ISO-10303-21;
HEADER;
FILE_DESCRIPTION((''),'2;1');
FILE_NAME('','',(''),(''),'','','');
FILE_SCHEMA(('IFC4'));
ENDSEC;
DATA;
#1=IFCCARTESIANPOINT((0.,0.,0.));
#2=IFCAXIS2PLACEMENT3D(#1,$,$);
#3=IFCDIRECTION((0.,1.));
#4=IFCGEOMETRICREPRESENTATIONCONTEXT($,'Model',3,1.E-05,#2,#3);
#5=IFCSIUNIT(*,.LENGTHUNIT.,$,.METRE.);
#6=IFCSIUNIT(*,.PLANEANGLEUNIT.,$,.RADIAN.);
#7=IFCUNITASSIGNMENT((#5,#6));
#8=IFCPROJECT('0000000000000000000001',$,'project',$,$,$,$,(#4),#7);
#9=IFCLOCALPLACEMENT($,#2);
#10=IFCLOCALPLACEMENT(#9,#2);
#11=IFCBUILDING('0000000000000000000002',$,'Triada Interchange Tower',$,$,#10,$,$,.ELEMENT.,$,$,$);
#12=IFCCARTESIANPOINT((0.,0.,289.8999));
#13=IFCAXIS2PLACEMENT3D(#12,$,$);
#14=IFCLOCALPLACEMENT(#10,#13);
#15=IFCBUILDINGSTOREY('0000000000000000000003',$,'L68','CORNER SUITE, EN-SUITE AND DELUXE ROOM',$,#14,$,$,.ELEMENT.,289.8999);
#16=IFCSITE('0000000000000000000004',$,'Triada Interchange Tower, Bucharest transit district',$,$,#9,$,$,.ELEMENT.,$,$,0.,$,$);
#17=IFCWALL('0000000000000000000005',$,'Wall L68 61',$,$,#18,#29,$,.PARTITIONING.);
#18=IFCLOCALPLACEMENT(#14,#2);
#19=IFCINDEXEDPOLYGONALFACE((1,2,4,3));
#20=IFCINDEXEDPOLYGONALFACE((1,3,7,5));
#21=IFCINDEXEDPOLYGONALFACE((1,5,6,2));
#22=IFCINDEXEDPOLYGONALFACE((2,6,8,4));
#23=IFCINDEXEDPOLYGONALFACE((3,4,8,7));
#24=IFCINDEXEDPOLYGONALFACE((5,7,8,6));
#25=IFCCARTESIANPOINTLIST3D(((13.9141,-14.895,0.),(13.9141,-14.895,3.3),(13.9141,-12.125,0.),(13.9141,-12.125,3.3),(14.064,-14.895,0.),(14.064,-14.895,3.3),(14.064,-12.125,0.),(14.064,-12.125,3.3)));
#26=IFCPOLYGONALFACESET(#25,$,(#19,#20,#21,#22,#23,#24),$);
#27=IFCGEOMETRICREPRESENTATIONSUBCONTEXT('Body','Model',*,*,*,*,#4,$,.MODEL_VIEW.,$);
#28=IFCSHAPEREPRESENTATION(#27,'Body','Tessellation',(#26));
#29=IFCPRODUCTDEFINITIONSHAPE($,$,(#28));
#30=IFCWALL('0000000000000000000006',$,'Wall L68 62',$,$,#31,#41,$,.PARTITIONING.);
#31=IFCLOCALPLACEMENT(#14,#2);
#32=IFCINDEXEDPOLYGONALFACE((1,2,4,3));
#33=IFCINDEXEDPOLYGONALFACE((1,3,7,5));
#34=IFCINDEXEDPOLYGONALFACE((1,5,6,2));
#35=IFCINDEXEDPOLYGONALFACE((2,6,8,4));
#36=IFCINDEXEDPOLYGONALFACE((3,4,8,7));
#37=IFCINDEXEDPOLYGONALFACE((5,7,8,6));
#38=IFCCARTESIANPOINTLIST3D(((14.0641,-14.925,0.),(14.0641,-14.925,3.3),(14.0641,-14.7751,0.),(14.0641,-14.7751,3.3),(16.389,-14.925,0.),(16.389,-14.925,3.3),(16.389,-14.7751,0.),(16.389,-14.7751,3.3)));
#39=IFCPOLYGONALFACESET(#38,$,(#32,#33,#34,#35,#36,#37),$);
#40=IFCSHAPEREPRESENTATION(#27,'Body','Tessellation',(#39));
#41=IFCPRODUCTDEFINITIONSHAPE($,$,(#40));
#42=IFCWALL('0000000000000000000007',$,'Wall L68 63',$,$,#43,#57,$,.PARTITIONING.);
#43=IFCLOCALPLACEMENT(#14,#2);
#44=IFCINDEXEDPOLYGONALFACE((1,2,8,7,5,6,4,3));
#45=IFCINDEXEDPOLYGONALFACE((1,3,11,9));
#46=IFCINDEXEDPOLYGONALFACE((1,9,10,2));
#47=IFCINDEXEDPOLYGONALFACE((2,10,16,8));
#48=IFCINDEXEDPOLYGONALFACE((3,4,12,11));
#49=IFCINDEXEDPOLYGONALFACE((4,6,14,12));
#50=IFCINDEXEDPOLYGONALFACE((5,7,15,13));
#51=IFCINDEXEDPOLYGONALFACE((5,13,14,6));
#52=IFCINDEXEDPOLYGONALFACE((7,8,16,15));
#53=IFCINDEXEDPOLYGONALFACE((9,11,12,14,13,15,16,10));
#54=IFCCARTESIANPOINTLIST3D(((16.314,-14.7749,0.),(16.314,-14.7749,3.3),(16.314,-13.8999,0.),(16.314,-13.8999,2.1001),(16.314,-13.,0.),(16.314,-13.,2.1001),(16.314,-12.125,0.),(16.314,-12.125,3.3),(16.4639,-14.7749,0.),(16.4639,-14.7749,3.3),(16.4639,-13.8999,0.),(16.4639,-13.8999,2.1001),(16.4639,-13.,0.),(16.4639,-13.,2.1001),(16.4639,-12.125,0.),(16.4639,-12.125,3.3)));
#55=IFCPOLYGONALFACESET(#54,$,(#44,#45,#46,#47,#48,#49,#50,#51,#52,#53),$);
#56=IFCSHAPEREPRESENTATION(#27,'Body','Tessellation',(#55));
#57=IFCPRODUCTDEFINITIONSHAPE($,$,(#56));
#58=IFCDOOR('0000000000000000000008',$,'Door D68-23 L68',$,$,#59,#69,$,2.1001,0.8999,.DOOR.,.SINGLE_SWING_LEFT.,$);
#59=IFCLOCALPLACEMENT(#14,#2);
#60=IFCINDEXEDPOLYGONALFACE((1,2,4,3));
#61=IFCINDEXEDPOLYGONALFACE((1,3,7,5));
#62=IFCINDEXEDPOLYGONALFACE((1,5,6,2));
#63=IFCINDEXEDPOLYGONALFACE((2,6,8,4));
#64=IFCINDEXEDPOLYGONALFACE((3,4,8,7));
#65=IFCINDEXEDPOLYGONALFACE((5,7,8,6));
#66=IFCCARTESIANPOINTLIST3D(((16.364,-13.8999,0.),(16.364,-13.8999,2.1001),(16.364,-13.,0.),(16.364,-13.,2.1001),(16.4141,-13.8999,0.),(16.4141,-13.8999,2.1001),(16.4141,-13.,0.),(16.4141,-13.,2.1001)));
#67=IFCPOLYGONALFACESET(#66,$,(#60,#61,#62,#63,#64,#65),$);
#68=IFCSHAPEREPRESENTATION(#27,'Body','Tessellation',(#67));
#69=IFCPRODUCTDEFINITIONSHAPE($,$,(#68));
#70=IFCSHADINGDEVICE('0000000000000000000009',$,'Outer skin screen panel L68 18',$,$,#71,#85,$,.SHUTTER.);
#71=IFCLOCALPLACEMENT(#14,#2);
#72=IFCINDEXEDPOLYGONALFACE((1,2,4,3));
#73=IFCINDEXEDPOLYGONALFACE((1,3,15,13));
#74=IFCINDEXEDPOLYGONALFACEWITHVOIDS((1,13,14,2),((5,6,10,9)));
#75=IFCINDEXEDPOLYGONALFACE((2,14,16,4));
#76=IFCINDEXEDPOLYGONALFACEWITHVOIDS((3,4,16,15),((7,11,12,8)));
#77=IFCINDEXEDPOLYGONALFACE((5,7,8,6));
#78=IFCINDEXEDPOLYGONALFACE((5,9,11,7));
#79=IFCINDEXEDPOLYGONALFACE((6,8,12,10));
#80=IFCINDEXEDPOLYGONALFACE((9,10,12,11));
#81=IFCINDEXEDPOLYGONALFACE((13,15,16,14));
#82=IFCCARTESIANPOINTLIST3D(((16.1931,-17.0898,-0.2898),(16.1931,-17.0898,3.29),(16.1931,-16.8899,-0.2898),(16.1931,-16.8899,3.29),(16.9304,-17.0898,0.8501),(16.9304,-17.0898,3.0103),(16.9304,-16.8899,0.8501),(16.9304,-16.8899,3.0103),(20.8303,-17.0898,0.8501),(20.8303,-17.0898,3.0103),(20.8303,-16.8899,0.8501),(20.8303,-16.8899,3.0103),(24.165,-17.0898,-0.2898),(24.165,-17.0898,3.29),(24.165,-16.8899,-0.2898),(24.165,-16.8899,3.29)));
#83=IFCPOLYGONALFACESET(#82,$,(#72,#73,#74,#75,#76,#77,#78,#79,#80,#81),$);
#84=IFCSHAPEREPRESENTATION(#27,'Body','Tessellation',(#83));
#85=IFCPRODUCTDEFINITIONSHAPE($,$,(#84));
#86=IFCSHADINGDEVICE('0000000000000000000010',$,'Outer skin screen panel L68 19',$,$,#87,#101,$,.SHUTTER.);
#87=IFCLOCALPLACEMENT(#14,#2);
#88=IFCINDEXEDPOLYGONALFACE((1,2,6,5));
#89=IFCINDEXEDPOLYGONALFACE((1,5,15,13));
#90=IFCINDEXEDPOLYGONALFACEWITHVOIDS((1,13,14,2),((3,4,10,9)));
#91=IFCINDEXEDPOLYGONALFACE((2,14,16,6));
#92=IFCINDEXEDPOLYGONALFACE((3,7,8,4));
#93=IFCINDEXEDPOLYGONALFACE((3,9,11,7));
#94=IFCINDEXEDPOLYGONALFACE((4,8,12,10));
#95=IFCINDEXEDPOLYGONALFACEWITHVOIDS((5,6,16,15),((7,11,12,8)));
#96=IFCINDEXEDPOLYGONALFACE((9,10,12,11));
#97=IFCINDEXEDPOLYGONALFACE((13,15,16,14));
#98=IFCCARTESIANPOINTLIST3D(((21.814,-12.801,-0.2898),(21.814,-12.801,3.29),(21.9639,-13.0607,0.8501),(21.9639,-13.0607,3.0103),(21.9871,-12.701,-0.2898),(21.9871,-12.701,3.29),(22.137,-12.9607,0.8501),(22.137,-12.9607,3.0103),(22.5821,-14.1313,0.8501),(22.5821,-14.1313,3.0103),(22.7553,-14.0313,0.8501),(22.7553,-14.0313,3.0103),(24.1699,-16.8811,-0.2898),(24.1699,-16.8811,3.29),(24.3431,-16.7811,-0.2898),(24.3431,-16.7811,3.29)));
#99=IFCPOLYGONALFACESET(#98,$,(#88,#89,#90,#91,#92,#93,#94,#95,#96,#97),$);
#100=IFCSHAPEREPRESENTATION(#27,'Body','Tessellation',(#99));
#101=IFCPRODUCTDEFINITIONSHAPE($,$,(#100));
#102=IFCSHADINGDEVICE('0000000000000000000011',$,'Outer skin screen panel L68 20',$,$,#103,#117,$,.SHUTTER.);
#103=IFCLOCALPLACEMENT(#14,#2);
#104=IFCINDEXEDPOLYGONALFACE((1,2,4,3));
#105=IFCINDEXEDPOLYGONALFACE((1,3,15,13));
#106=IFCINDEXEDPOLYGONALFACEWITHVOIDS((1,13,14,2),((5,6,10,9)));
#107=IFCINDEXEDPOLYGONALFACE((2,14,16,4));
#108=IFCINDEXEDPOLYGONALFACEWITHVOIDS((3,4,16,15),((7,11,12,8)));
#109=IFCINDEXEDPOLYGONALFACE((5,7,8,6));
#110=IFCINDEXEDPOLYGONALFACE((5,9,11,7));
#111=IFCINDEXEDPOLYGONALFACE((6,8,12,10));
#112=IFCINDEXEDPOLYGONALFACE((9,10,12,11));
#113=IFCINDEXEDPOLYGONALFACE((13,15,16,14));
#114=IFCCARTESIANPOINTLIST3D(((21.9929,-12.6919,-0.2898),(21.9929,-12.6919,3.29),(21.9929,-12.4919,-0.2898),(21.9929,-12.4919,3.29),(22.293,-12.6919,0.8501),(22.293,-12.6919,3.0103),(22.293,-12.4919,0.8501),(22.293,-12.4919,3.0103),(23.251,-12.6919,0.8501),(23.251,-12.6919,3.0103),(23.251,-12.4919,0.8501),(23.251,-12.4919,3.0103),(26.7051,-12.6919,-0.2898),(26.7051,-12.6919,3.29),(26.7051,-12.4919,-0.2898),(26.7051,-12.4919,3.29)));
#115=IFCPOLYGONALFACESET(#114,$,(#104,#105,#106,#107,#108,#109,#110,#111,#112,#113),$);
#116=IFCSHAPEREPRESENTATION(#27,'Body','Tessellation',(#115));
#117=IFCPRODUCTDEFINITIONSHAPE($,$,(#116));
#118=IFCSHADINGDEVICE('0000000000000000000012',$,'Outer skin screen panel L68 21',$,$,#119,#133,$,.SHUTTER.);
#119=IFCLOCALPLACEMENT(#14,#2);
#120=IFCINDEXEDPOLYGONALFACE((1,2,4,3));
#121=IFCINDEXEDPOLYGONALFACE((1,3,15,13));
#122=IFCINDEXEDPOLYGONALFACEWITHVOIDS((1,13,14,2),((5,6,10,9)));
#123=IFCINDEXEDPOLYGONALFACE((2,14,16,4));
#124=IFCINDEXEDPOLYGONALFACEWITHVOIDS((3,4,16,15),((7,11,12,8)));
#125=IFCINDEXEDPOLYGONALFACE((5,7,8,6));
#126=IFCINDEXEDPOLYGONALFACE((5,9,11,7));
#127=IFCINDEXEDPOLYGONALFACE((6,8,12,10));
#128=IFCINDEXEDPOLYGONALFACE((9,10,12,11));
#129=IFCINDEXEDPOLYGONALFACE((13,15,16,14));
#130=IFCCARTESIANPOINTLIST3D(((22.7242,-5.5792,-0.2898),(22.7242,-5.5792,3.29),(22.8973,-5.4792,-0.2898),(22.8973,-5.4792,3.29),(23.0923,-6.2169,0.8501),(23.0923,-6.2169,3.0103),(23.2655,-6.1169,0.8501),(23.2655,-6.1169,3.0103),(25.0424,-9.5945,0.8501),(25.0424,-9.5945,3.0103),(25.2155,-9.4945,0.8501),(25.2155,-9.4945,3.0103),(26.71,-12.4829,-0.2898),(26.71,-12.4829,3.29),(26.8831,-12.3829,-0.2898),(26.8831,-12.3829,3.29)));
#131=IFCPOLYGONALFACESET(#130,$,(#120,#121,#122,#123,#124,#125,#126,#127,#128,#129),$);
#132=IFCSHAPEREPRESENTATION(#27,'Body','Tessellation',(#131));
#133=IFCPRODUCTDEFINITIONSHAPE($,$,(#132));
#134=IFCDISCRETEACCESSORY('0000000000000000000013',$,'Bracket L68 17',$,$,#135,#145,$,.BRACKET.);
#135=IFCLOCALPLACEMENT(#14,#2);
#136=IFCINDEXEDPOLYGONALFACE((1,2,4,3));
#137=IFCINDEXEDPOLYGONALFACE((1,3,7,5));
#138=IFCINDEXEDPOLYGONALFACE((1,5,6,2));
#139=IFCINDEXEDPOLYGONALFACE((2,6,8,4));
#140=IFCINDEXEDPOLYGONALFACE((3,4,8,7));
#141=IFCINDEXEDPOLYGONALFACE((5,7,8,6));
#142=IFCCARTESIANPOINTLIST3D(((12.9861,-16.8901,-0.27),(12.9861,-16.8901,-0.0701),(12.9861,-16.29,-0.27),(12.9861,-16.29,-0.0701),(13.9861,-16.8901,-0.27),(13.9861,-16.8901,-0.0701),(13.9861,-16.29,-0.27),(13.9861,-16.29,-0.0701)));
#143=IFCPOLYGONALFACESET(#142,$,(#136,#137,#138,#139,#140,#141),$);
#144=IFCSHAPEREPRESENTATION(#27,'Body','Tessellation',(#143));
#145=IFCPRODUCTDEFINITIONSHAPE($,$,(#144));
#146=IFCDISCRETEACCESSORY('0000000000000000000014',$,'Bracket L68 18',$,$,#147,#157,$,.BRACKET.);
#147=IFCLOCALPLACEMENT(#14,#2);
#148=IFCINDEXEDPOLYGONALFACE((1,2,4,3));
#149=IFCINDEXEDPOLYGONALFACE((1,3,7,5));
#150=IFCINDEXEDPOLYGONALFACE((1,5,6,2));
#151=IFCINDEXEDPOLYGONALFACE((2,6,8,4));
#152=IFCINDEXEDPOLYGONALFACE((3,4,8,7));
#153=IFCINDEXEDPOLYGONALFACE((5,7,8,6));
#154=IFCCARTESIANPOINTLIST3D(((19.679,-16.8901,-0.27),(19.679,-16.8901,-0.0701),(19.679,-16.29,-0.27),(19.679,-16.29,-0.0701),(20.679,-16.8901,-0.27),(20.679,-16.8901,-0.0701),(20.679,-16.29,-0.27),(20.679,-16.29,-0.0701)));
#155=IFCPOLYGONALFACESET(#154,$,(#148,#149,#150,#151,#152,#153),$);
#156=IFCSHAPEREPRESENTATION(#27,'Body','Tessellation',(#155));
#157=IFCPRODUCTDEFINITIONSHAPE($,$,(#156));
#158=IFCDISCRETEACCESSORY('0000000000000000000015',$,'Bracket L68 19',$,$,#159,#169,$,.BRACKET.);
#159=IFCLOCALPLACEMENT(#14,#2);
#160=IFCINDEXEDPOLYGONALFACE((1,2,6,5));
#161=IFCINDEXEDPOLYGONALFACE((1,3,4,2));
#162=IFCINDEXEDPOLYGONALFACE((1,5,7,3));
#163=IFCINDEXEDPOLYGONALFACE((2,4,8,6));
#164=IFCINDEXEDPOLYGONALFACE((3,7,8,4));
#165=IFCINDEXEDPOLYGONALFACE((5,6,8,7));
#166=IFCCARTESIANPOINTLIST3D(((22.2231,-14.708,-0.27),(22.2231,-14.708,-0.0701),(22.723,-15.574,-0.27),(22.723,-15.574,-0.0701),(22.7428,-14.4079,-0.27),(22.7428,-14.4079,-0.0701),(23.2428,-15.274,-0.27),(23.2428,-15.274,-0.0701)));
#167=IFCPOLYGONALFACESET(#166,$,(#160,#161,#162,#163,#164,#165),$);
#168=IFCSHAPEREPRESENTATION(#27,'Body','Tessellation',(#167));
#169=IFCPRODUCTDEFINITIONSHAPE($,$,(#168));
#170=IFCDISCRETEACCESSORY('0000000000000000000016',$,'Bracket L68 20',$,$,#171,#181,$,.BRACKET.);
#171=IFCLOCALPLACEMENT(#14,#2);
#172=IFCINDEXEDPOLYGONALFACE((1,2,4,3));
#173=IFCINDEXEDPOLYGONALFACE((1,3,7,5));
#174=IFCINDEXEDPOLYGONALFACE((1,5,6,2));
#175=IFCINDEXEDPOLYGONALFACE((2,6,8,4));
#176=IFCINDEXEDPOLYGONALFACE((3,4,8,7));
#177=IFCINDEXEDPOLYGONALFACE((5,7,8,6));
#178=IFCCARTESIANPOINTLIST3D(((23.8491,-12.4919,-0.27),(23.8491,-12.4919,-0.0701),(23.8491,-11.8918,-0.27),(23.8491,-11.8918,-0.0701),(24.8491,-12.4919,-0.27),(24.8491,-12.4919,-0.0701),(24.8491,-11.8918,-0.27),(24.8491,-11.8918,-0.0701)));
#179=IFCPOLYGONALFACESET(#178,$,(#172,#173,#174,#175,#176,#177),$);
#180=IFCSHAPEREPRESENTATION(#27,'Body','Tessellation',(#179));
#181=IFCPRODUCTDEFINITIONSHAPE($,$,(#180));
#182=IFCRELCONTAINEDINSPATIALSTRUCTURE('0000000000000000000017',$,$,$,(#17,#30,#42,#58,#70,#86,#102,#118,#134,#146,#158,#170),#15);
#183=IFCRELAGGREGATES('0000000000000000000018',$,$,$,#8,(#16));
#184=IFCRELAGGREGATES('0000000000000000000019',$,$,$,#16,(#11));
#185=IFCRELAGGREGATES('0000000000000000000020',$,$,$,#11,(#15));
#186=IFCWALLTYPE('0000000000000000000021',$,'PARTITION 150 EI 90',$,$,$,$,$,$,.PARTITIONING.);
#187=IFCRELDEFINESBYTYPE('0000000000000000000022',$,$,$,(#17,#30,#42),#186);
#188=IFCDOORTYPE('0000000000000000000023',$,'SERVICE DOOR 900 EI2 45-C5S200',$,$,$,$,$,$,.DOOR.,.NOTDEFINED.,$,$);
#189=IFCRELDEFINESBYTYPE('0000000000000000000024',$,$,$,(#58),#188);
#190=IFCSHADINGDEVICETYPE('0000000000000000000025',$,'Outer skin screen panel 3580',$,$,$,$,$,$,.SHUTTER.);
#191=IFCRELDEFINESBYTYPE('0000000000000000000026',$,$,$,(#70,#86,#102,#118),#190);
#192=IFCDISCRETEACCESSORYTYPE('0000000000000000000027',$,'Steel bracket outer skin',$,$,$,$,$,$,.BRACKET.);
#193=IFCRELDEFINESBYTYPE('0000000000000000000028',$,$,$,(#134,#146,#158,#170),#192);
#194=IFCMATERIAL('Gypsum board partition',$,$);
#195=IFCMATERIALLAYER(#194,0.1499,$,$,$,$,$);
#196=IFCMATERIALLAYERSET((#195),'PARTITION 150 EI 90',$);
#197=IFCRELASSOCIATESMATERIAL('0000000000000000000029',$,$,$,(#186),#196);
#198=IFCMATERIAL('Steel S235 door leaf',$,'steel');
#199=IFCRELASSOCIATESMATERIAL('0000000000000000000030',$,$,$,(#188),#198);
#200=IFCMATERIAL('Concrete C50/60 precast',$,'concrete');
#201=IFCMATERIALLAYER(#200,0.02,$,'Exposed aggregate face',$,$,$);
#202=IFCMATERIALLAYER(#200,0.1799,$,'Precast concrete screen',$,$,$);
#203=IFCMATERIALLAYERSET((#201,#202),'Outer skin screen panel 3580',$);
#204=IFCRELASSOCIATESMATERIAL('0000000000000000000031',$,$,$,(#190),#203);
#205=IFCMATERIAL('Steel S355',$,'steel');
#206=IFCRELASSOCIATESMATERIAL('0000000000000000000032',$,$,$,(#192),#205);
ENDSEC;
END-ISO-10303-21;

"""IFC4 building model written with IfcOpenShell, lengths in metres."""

from ifc_helpers import new_model, si_unit, direction, frame, frame_2d, origin, origin_2d, place, context, subcontext, project, spatial, polyline, rectangle, outline, extrude, material, layer, layer_set, type_object, element, fill, save


model = new_model("IFC4")

# Units and contexts
model_context = context("Model", 3, precision=1e-05, world=origin(), true_north=direction((0.0, 1.0)))
body_context = subcontext(model_context, "Body", "Model", "MODEL_VIEW")
ifc_project = project(units=[si_unit("LENGTHUNIT", "METRE"), si_unit("PLANEANGLEUNIT", "RADIAN")], contexts=[model_context])

# Site, building, storey
site_placement = place(None, origin())
site = spatial("IfcSite", under=ifc_project, at=site_placement, Name="Triada Interchange Tower, Bucharest transit district", CompositionType="ELEMENT", RefElevation=0.0)
building_placement = place(site_placement, origin())
building = spatial("IfcBuilding", under=site, at=building_placement, Name="Triada Interchange Tower", CompositionType="ELEMENT")
storey_placement = place(building_placement, frame((0.0, 0.0, 289.8999)))
storey = spatial("IfcBuildingStorey", under=building, at=storey_placement, Name="L68", Description="CORNER SUITE, EN-SUITE AND DELUXE ROOM", CompositionType="ELEMENT", Elevation=289.8999)

# Walls
ifc_material_1 = material(Name="Gypsum board partition")
ifc_layer_1 = layer(ifc_material_1, 0.1499)
ifc_layer_set_1 = layer_set([ifc_layer_1], Name="PARTITION 150 EI 90")
wall_type_1 = type_object("IfcWallType", Name="PARTITION 150 EI 90", PredefinedType="PARTITIONING", material=ifc_layer_set_1)
wall_1_placement = place(storey_placement, frame((13.989, -14.895, 0.0), z_axis=(0.0, 0.0, 1.0), x_axis=(0.0, 1.0, 0.0)))
element("IfcWall", 1, at=wall_1_placement, inside=storey, type_object=wall_type_1, Name="Wall L68 61", PredefinedType="PARTITIONING", context=body_context, shape_type="SweptSolid", body=[
    extrude(rectangle(XDim=2.77, YDim=0.1499, at=frame_2d((1.385, 0.0))), origin(), (0.0, 0.0, 1.0), 3.3),
])
wall_2_placement = place(storey_placement, frame((14.064, -14.8501, 0.0), z_axis=(0.0, 0.0, 1.0), x_axis=(1.0, 0.0, 0.0)))
element("IfcWall", 2, at=wall_2_placement, inside=storey, type_object=wall_type_1, Name="Wall L68 62", PredefinedType="PARTITIONING", context=body_context, shape_type="SweptSolid", body=[
    extrude(rectangle(XDim=2.325, YDim=0.1499, at=frame_2d((1.1626, 0.0))), origin(), (0.0, 0.0, 1.0), 3.3),
])

# Wall, opening, door
wall_3_placement = place(storey_placement, frame((16.3889, -14.7749, 0.0), z_axis=(0.0, 0.0, 1.0), x_axis=(0.0, 1.0, 0.0)))
wall_3 = element("IfcWall", 3, at=wall_3_placement, inside=storey, type_object=wall_type_1, Name="Wall L68 63", PredefinedType="PARTITIONING", context=body_context, shape_type="SweptSolid", body=[
    extrude(rectangle(XDim=2.6499, YDim=0.1499, at=frame_2d((1.325, 0.0))), origin(), (0.0, 0.0, 1.0), 3.3),
])
opening_1_placement = place(wall_3_placement, frame((0.875, 0.0, 0.0)))
opening_1 = element("IfcOpeningElement", 4, at=opening_1_placement, cuts=wall_3, PredefinedType="OPENING", context=body_context, shape_type="SweptSolid", body=[
    extrude(rectangle(XDim=0.8999, YDim=2.1001, at=frame_2d((0.45, 1.05))), frame((0.0, 0.085, 0.0), z_axis=(0.0, -1.0, 0.0), x_axis=(1.0, 0.0, 0.0)), (0.0, 0.0, 1.0), 0.1699),
])
ifc_material_2 = material(Name="Steel S235 door leaf", Category="steel")
door_type = type_object("IfcDoorType", Name="SERVICE DOOR 900 EI2 45-C5S200", OperationType="NOTDEFINED", PredefinedType="DOOR", material=ifc_material_2)
door_placement = place(opening_1_placement, origin())
door = element("IfcDoor", 5, at=door_placement, inside=storey, type_object=door_type, Name="Door D68-23 L68", OperationType="SINGLE_SWING_LEFT", OverallHeight=2.1001, OverallWidth=0.8999, PredefinedType="DOOR", context=body_context, shape_type="SweptSolid", body=[
    extrude(rectangle(XDim=0.8999, YDim=2.1001, at=frame_2d((0.45, 1.05))), frame((0.0, 0.0249, 0.0), z_axis=(0.0, -1.0, 0.0), x_axis=(1.0, 0.0, 0.0)), (0.0, 0.0, 1.0), 0.05),
])
fill(opening_1, door)

# Shading devices
ifc_material_3 = material(Name="Concrete C50/60 precast", Category="concrete")
ifc_layer_2 = layer(ifc_material_3, 0.02, Name="Exposed aggregate face")
ifc_layer_3 = layer(ifc_material_3, 0.1799, Name="Precast concrete screen")
ifc_layer_set_2 = layer_set([ifc_layer_2, ifc_layer_3], Name="Outer skin screen panel 3580")
shading_device_type = type_object("IfcShadingDeviceType", Name="Outer skin screen panel 3580", PredefinedType="SHUTTER", material=ifc_layer_set_2)
shading_device_1_placement = place(storey_placement, frame((16.1931, -16.8899, -0.2898), z_axis=(0.0, 0.0, 1.0), x_axis=(1.0, 0.0, 0.0)))
element("IfcShadingDevice", 6, at=shading_device_1_placement, inside=storey, type_object=shading_device_type, Name="Outer skin screen panel L68 18", PredefinedType="SHUTTER", context=body_context, shape_type="SweptSolid", body=[
    extrude(outline(polyline([(0.0, 0.0), (7.9719, 0.0), (7.9719, 3.5798), (0.0, 3.5798), (0.0, 0.0)]), holes=[polyline([(0.7373, 1.1399), (0.7373, 3.3), (4.6372, 3.3), (4.6372, 1.1399), (0.7373, 1.1399)])]), frame((0.0, 0.0, 0.0), z_axis=(0.0, -1.0, 0.0), x_axis=(1.0, 0.0, 0.0)), (0.0, 0.0, 1.0), 0.2),
])
shading_device_2_placement = place(storey_placement, frame((24.1699, -16.8811, -0.2898), z_axis=(0.0, 0.0, 1.0), x_axis=(-0.500051, 0.865996, 0.0)))
element("IfcShadingDevice", 7, at=shading_device_2_placement, inside=storey, type_object=shading_device_type, Name="Outer skin screen panel L68 19", PredefinedType="SHUTTER", context=body_context, shape_type="SweptSolid", body=[
    extrude(outline(polyline([(0.0, 0.0), (4.7114, 0.0), (4.7114, 3.5798), (0.0, 3.5798), (0.0, 0.0)]), holes=[polyline([(3.1753, 1.1399), (3.1753, 3.3), (4.4116, 3.3), (4.4116, 1.1399), (3.1753, 1.1399)])]), frame((0.0, 0.0, 0.0), z_axis=(0.0, -1.0, 0.0), x_axis=(1.0, 0.0, 0.0)), (0.0, 0.0, 1.0), 0.2),
])
shading_device_3_placement = place(storey_placement, frame((21.9929, -12.4919, -0.2898), z_axis=(0.0, 0.0, 1.0), x_axis=(1.0, 0.0, 0.0)))
element("IfcShadingDevice", 8, at=shading_device_3_placement, inside=storey, type_object=shading_device_type, Name="Outer skin screen panel L68 20", PredefinedType="SHUTTER", context=body_context, shape_type="SweptSolid", body=[
    extrude(outline(polyline([(0.0, 0.0), (4.7122, 0.0), (4.7122, 3.5798), (0.0, 3.5798), (0.0, 0.0)]), holes=[polyline([(0.3, 1.1399), (0.3, 3.3), (1.2581, 3.3), (1.2581, 1.1399), (0.3, 1.1399)])]), frame((0.0, 0.0, 0.0), z_axis=(0.0, -1.0, 0.0), x_axis=(1.0, 0.0, 0.0)), (0.0, 0.0, 1.0), 0.2),
])
shading_device_4_placement = place(storey_placement, frame((26.71, -12.4829, -0.2898), z_axis=(0.0, 0.0, 1.0), x_axis=(-0.499993, 0.86603, 0.0)))
element("IfcShadingDevice", 9, at=shading_device_4_placement, inside=storey, type_object=shading_device_type, Name="Outer skin screen panel L68 21", PredefinedType="SHUTTER", context=body_context, shape_type="SweptSolid", body=[
    extrude(outline(polyline([(0.0, 0.0), (7.9717, 0.0), (7.9717, 3.5798), (0.0, 3.5798), (0.0, 0.0)]), holes=[polyline([(3.3352, 1.1399), (3.3352, 3.3), (7.2354, 3.3), (7.2354, 1.1399), (3.3352, 1.1399)])]), frame((0.0, 0.0, 0.0), z_axis=(0.0, -1.0, 0.0), x_axis=(1.0, 0.0, 0.0)), (0.0, 0.0, 1.0), 0.2),
])

# Discrete accessories
ifc_material_4 = material(Name="Steel S355", Category="steel")
discrete_accessory_type = type_object("IfcDiscreteAccessoryType", Name="Steel bracket outer skin", PredefinedType="BRACKET", material=ifc_material_4)
for number, where, z_axis, x_axis, name in (
    (10, (13.4861, -16.5901, -0.27), (0.0, 0.0, 1.0), (0.0, -1.0, 0.0), "Bracket L68 17"),
    (11, (20.179, -16.5901, -0.27), (0.0, 0.0, 1.0), (0.0, -1.0, 0.0), "Bracket L68 18"),
    (12, (22.7329, -14.991, -0.27), (0.0, 0.0, 1.0), (0.866041, 0.499972, 0.0), "Bracket L68 19"),
    (13, (24.3491, -12.1919, -0.27), (0.0, 0.0, 1.0), (0.0, -1.0, 0.0), "Bracket L68 20"),
):
    element("IfcDiscreteAccessory", number, at=place(storey_placement, frame(where, z_axis=z_axis, x_axis=x_axis)), inside=storey, type_object=discrete_accessory_type, Name=name, PredefinedType="BRACKET", context=body_context, shape_type="SweptSolid", body=[
        extrude(rectangle(XDim=0.6001, YDim=1.0, at=origin_2d()), origin(), (0.0, 0.0, 1.0), 0.2),
    ])

save(model, "model.ifc")
